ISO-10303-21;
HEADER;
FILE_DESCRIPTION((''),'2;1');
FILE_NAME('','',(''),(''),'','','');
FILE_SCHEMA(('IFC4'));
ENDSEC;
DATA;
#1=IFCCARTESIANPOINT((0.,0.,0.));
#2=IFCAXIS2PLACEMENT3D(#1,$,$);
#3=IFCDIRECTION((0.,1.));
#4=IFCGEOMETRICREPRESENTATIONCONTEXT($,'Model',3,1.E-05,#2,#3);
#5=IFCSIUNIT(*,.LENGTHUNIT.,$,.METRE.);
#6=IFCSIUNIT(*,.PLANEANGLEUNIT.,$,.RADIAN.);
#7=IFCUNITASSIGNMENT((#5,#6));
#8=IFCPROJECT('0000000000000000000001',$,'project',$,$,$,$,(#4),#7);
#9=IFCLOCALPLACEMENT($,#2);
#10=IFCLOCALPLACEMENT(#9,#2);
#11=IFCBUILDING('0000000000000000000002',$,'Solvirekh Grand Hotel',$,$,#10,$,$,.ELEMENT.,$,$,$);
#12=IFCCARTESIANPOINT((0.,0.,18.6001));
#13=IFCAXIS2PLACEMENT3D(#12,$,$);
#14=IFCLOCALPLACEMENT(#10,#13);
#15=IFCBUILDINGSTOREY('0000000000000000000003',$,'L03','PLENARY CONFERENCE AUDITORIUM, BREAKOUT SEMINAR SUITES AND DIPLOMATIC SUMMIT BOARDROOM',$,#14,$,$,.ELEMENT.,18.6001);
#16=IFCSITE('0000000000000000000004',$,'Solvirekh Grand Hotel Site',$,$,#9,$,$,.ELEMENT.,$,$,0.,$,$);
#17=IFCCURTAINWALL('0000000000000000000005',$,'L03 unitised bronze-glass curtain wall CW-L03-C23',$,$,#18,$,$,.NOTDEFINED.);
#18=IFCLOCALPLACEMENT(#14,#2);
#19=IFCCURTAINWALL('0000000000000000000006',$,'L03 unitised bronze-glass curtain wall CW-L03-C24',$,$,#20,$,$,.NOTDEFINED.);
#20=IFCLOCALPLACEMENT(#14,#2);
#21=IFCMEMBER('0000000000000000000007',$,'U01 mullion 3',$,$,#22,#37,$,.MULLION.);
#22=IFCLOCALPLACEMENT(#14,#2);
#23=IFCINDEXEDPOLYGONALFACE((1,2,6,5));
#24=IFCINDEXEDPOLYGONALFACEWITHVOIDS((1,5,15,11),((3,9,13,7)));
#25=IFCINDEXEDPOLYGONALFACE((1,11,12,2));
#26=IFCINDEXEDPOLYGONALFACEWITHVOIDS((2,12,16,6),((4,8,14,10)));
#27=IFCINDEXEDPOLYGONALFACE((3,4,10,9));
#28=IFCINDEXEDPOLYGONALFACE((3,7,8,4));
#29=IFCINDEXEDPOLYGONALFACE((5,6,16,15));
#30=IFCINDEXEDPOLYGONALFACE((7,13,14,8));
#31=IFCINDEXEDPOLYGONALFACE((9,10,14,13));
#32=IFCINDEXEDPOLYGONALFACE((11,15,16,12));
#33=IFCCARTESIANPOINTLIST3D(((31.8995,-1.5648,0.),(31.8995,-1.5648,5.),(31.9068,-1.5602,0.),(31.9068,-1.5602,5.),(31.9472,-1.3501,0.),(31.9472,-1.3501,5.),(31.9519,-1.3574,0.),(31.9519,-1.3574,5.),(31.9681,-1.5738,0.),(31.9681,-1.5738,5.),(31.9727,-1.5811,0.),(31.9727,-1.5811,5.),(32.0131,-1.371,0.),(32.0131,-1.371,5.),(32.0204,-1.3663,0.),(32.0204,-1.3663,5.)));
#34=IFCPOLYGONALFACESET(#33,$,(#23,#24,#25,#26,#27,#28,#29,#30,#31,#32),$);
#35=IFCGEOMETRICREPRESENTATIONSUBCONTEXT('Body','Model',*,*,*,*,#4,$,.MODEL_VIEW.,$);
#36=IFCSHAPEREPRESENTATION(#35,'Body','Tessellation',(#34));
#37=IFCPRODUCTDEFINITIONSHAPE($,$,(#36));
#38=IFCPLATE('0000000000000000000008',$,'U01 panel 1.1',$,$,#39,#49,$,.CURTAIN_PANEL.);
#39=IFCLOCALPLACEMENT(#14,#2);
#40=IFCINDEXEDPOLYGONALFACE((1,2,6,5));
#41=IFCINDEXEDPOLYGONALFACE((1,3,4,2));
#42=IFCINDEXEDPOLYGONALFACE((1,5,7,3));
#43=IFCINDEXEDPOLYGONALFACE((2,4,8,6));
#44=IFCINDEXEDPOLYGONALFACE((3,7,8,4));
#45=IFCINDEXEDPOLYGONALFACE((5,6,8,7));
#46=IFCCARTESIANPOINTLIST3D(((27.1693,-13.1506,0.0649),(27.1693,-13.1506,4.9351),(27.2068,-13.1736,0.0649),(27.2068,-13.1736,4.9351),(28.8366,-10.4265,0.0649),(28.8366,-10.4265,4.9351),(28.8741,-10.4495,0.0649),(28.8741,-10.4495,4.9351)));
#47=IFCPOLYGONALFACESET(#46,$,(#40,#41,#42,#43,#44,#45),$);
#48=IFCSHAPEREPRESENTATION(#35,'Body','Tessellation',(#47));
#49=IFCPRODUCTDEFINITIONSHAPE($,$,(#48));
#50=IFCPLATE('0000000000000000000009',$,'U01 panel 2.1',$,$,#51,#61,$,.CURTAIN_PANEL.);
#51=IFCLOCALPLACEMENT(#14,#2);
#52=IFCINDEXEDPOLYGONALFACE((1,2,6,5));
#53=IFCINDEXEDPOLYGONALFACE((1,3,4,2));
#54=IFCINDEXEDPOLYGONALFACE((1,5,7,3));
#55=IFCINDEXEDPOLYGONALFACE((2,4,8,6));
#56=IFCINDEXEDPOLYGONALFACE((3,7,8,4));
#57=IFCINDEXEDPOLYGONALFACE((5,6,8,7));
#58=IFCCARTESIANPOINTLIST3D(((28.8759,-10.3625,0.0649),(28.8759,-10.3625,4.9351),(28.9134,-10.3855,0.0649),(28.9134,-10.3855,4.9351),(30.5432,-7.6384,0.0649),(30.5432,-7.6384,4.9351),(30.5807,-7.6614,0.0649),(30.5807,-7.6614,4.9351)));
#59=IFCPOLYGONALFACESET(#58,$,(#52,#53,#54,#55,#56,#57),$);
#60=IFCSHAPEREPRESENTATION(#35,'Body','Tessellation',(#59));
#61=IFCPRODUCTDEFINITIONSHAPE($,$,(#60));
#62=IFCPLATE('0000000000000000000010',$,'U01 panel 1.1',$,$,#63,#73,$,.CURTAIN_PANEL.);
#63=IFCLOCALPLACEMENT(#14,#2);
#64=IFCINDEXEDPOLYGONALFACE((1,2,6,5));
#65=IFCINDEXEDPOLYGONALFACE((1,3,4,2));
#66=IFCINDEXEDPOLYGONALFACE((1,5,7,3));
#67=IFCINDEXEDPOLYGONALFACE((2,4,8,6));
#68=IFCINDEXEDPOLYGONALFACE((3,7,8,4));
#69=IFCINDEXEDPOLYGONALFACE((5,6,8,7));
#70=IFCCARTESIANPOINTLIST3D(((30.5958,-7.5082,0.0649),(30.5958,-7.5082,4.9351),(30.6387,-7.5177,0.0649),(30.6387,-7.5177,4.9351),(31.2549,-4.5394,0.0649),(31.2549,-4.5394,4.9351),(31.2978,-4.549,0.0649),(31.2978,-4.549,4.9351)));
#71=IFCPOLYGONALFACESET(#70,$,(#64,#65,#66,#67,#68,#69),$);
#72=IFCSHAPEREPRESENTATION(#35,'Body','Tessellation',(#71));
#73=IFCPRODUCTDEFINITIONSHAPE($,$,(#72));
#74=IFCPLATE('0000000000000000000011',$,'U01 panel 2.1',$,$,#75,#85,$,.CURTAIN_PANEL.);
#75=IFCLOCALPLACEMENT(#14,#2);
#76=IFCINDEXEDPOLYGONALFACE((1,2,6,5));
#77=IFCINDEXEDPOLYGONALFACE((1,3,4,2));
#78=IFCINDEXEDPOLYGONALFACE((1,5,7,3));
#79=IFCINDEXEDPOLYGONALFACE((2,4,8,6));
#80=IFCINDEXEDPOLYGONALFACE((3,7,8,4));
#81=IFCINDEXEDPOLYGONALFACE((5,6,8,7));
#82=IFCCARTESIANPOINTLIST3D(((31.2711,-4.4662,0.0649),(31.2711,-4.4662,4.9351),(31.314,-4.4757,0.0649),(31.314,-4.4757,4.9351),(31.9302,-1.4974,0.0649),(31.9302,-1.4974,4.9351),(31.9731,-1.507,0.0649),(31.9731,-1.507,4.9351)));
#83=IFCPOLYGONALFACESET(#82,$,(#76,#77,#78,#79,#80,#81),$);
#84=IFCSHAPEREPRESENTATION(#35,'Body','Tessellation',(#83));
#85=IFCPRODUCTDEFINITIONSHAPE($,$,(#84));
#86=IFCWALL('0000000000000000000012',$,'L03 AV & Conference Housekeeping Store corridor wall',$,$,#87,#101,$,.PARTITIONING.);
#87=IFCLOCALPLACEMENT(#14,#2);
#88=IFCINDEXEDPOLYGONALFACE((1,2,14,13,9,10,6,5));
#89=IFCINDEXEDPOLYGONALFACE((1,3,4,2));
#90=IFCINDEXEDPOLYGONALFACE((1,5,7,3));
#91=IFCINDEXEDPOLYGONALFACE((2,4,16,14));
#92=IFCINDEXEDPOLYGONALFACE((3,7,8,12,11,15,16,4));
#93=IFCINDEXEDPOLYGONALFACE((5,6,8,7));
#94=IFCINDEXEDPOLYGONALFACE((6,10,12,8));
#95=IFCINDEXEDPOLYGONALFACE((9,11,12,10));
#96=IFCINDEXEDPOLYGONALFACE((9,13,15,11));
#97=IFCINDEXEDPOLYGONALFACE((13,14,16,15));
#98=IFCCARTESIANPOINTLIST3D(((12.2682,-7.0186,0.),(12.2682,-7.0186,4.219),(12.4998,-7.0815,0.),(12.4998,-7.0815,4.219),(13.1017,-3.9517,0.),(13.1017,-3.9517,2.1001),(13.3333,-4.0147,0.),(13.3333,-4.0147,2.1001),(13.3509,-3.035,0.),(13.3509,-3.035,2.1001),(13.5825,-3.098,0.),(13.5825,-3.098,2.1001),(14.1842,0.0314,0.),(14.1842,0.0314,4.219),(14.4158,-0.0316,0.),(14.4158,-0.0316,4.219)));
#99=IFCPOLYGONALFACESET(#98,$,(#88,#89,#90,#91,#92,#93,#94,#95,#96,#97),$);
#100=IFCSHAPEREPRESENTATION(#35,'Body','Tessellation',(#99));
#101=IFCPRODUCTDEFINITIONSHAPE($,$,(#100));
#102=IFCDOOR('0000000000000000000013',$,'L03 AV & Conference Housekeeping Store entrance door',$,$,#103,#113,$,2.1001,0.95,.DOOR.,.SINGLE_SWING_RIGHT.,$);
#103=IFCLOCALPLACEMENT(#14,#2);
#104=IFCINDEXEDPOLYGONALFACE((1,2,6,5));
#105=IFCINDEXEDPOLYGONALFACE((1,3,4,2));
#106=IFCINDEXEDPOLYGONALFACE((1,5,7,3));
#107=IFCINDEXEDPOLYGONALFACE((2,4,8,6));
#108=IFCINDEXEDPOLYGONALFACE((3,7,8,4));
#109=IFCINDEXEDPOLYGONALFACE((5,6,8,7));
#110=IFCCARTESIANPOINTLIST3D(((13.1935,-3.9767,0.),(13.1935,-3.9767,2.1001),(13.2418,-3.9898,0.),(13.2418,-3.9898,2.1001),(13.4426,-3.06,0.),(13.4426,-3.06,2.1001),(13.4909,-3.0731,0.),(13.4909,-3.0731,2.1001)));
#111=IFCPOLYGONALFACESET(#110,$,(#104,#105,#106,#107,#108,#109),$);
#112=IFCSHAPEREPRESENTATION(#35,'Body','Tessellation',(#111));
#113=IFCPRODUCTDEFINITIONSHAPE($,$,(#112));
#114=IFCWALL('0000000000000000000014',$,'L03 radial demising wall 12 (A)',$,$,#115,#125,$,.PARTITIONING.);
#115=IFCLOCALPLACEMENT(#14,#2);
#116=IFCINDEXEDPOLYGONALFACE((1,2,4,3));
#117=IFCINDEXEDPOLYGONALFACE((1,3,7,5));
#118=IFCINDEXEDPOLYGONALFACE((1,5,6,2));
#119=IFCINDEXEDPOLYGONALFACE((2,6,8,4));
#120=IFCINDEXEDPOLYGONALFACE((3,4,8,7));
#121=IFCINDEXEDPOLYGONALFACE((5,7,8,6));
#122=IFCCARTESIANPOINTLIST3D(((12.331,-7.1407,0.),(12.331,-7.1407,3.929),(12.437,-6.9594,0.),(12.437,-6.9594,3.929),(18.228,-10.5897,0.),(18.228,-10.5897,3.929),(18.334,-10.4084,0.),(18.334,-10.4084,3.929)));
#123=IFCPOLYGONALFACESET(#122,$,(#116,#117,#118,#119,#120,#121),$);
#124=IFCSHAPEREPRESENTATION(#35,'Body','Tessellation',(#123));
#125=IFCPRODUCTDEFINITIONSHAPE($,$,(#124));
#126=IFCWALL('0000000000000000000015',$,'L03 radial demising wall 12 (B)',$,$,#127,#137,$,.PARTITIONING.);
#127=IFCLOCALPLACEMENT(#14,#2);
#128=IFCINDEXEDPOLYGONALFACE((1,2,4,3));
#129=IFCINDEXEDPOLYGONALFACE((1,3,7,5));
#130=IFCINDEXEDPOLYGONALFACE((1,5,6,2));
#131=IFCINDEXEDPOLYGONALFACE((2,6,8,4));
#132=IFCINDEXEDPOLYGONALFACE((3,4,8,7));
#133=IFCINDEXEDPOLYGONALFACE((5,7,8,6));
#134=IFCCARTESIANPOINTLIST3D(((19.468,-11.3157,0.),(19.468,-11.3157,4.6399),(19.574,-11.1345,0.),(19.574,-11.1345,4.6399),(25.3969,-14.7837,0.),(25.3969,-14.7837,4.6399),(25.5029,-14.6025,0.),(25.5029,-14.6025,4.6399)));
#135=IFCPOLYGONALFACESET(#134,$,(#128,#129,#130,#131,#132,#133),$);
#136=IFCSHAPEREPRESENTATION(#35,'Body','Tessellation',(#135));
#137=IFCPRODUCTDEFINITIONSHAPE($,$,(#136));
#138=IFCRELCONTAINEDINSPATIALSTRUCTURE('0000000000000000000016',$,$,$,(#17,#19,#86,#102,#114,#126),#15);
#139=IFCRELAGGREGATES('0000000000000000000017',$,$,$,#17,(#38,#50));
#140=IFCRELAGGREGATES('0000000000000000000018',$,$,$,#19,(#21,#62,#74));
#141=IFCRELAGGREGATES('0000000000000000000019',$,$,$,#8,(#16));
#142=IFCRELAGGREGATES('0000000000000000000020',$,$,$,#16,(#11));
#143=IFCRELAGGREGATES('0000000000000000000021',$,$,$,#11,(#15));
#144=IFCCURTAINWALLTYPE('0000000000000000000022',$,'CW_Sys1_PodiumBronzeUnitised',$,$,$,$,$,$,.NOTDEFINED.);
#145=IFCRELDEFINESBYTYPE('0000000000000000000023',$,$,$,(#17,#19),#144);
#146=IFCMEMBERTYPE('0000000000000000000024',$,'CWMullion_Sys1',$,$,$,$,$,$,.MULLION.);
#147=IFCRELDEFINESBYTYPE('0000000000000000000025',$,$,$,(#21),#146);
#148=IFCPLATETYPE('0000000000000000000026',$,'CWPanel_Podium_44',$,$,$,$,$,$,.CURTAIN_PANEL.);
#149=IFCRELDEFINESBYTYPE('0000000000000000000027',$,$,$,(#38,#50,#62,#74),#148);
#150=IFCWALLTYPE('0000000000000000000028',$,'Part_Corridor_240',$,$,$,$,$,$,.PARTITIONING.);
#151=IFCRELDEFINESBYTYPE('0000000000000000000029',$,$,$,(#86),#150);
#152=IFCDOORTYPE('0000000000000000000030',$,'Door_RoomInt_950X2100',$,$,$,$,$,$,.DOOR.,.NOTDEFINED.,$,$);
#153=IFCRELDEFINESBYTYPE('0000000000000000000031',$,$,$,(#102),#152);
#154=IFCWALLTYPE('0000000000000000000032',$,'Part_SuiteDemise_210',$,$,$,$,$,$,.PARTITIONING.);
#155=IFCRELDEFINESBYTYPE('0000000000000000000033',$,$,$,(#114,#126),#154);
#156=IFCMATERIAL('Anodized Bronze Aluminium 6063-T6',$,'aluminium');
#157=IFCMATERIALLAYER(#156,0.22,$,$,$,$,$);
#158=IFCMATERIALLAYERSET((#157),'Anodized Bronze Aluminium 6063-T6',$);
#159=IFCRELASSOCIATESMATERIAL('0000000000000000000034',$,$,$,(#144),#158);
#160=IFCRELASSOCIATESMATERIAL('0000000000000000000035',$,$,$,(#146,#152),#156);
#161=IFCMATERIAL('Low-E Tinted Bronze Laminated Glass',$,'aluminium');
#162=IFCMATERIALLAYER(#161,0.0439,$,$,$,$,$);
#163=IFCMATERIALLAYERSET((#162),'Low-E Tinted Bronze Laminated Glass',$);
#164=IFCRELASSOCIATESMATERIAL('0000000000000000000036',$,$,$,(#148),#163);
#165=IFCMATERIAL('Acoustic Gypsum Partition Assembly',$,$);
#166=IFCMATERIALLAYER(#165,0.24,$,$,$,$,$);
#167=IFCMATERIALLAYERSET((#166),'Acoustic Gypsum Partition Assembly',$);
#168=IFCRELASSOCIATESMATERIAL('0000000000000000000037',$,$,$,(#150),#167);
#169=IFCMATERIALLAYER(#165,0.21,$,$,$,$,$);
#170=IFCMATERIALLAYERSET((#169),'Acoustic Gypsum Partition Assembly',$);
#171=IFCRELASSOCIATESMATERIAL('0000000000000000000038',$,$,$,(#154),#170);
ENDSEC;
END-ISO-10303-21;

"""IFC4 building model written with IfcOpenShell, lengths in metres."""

from ifc_helpers import new_model, si_unit, direction, frame, frame_2d, origin, origin_2d, place, context, subcontext, project, spatial, rectangle, hollow_rectangle, extrude, source, transform, mapped, material, layer, layer_set, material_profile, profile_set, type_object, element, fill, aggregate, save


model = new_model("IFC4")

# Units and contexts
model_context = context("Model", 3, precision=1e-05, world=origin(), true_north=direction((0.0, 1.0)))
body_context = subcontext(model_context, "Body", "Model", "MODEL_VIEW")
ifc_project = project(units=[si_unit("LENGTHUNIT", "METRE"), si_unit("PLANEANGLEUNIT", "RADIAN")], contexts=[model_context])

# Site, building, storey
site_placement = place(None, origin())
site = spatial("IfcSite", under=ifc_project, at=site_placement, Name="Solvirekh Grand Hotel Site", CompositionType="ELEMENT", RefElevation=0.0)
building_placement = place(site_placement, origin())
building = spatial("IfcBuilding", under=site, at=building_placement, Name="Solvirekh Grand Hotel", CompositionType="ELEMENT")
storey_placement = place(building_placement, frame((0.0, 0.0, 18.6001)))
storey = spatial("IfcBuildingStorey", under=building, at=storey_placement, Name="L03", Description="PLENARY CONFERENCE AUDITORIUM, BREAKOUT SEMINAR SUITES AND DIPLOMATIC SUMMIT BOARDROOM", CompositionType="ELEMENT", Elevation=18.6001)

# Curtain walls
ifc_material_1 = material(Name="Anodized Bronze Aluminium 6063-T6", Category="aluminium")
ifc_layer_1 = layer(ifc_material_1, 0.22)
ifc_layer_set_1 = layer_set([ifc_layer_1], Name="Anodized Bronze Aluminium 6063-T6")
curtain_wall_type = type_object("IfcCurtainWallType", Name="CW_Sys1_PodiumBronzeUnitised", PredefinedType="NOTDEFINED", material=ifc_layer_set_1)
curtain_wall_1_placement = place(storey_placement, origin())
curtain_wall_1 = element("IfcCurtainWall", 1, at=curtain_wall_1_placement, inside=storey, type_object=curtain_wall_type, Name="L03 unitised bronze-glass curtain wall CW-L03-C23", PredefinedType="NOTDEFINED")
curtain_wall_2_placement = place(storey_placement, origin())
curtain_wall_2 = element("IfcCurtainWall", 2, at=curtain_wall_2_placement, inside=storey, type_object=curtain_wall_type, Name="L03 unitised bronze-glass curtain wall CW-L03-C24", PredefinedType="NOTDEFINED")

# Member
ifc_material_profile_1 = material_profile(ifc_material_1, hollow_rectangle(XDim=0.075, YDim=0.22, WallThickness=0.0061, at=origin_2d()), Name="ALU RHS 220X75X6")
ifc_profile_set_1 = profile_set([ifc_material_profile_1], Name="Anodized Bronze Aluminium 6063-T6")
member_type_1 = type_object("IfcMemberType", Name="CWMullion_Sys1", PredefinedType="MULLION", material=ifc_profile_set_1)
shared_shape_1 = source(origin(), body_context, "Body", "SweptSolid", [
    extrude(hollow_rectangle(XDim=0.075, YDim=0.22, WallThickness=0.0061, at=origin_2d()), origin(), (0.0, 0.0, 1.0), 5.0),
])
member_1_placement = place(storey_placement, frame((31.96, -1.4656, 0.0), z_axis=(0.0, 0.0, 1.0), x_axis=(-0.976228, 0.216746, 0.0)))
member_1 = element("IfcMember", 3, at=member_1_placement, type_object=member_type_1, Name="U01 mullion 3", PredefinedType="MULLION", context=body_context, shape_type="MappedRepresentation", body=[
    mapped(shared_shape_1, transform((0.0, 0.0, 0.0), x_axis=(1.0, 0.0, 0.0), y_axis=(0.0, 1.0, 0.0), z_axis=(0.0, 0.0, 1.0), scale=1.0)),
])

# Plates
ifc_material_2 = material(Name="Low-E Tinted Bronze Laminated Glass", Category="aluminium")
ifc_layer_2 = layer(ifc_material_2, 0.0439)
ifc_layer_set_2 = layer_set([ifc_layer_2], Name="Low-E Tinted Bronze Laminated Glass")
plate_type = type_object("IfcPlateType", Name="CWPanel_Podium_44", PredefinedType="CURTAIN_PANEL", material=ifc_layer_set_2)
shared_shape_2 = source(origin(), body_context, "Body", "SweptSolid", [
    extrude(rectangle(XDim=3.1938, YDim=0.0439, at=origin_2d()), origin(), (0.0, 0.0, 1.0), 4.8701),
])
plate_1_placement = place(storey_placement, frame((28.0217, -11.8, 0.0649), z_axis=(0.0, 0.0, 1.0), x_axis=(0.522037, 0.852923, 0.0)))
plate_1 = element("IfcPlate", 4, at=plate_1_placement, type_object=plate_type, Name="U01 panel 1.1", PredefinedType="CURTAIN_PANEL", context=body_context, shape_type="MappedRepresentation", body=[
    mapped(shared_shape_2, transform((0.0, 0.0, 0.0), x_axis=(1.0, 0.0, 0.0), y_axis=(0.0, 1.0, 0.0), z_axis=(0.0, 0.0, 1.0), scale=1.0)),
])
plate_2_placement = place(storey_placement, frame((29.7283, -9.012, 0.0649), z_axis=(0.0, 0.0, 1.0), x_axis=(0.522037, 0.852923, 0.0)))
plate_2 = element("IfcPlate", 5, at=plate_2_placement, type_object=plate_type, Name="U01 panel 2.1", PredefinedType="CURTAIN_PANEL", context=body_context, shape_type="MappedRepresentation", body=[
    mapped(shared_shape_2, transform((0.0, 0.0, 0.0), x_axis=(1.0, 0.0, 0.0), y_axis=(0.0, 1.0, 0.0), z_axis=(0.0, 0.0, 1.0), scale=1.0)),
])
aggregate(curtain_wall_1, [plate_1, plate_2])
shared_shape_3 = source(origin(), body_context, "Body", "SweptSolid", [
    extrude(rectangle(XDim=3.041, YDim=0.0439, at=origin_2d()), origin(), (0.0, 0.0, 1.0), 4.8701),
])
plate_3_placement = place(storey_placement, frame((30.9468, -6.0286, 0.0649), z_axis=(0.0, 0.0, 1.0), x_axis=(0.216746, 0.976228, 0.0)))
plate_3 = element("IfcPlate", 6, at=plate_3_placement, type_object=plate_type, Name="U01 panel 1.1", PredefinedType="CURTAIN_PANEL", context=body_context, shape_type="MappedRepresentation", body=[
    mapped(shared_shape_3, transform((0.0, 0.0, 0.0), x_axis=(1.0, 0.0, 0.0), y_axis=(0.0, 1.0, 0.0), z_axis=(0.0, 0.0, 1.0), scale=1.0)),
])
plate_4_placement = place(storey_placement, frame((31.6221, -2.9866, 0.0649), z_axis=(0.0, 0.0, 1.0), x_axis=(0.216746, 0.976228, 0.0)))
plate_4 = element("IfcPlate", 7, at=plate_4_placement, type_object=plate_type, Name="U01 panel 2.1", PredefinedType="CURTAIN_PANEL", context=body_context, shape_type="MappedRepresentation", body=[
    mapped(shared_shape_3, transform((0.0, 0.0, 0.0), x_axis=(1.0, 0.0, 0.0), y_axis=(0.0, 1.0, 0.0), z_axis=(0.0, 0.0, 1.0), scale=1.0)),
])
aggregate(curtain_wall_2, [member_1, plate_3, plate_4])

# Wall, opening, door
ifc_material_3 = material(Name="Acoustic Gypsum Partition Assembly")
ifc_layer_3 = layer(ifc_material_3, 0.24)
ifc_layer_set_3 = layer_set([ifc_layer_3], Name="Acoustic Gypsum Partition Assembly")
wall_type_1 = type_object("IfcWallType", Name="Part_Corridor_240", PredefinedType="PARTITIONING", material=ifc_layer_set_3)
wall_1_placement = place(storey_placement, frame((12.384, -7.05, 0.0), z_axis=(0.0, 0.0, 1.0), x_axis=(0.262261, 0.964997, 0.0)))
wall_1 = element("IfcWall", 8, at=wall_1_placement, inside=storey, type_object=wall_type_1, Name="L03 AV & Conference Housekeeping Store corridor wall", PredefinedType="PARTITIONING", context=body_context, shape_type="SweptSolid", body=[
    extrude(rectangle(XDim=7.3057, YDim=0.24, at=frame_2d((3.6528, 0.0))), origin(), (0.0, 0.0, 1.0), 4.219),
])
opening_placement = place(wall_1_placement, frame((3.178, 0.0, 0.0)))
opening = element("IfcOpeningElement", 9, at=opening_placement, cuts=wall_1, PredefinedType="OPENING", context=body_context, shape_type="SweptSolid", body=[
    extrude(rectangle(XDim=0.95, YDim=2.1001, at=frame_2d((0.4751, 1.05))), frame((0.0, 0.1299, 0.0), z_axis=(0.0, -1.0, 0.0), x_axis=(1.0, 0.0, 0.0)), (0.0, 0.0, 1.0), 0.26),
])
door_type = type_object("IfcDoorType", Name="Door_RoomInt_950X2100", OperationType="NOTDEFINED", PredefinedType="DOOR", material=ifc_material_1)
door_placement = place(opening_placement, origin())
door = element("IfcDoor", 10, at=door_placement, inside=storey, type_object=door_type, Name="L03 AV & Conference Housekeeping Store entrance door", OperationType="SINGLE_SWING_RIGHT", OverallHeight=2.1001, OverallWidth=0.95, PredefinedType="DOOR", context=body_context, shape_type="SweptSolid", body=[
    extrude(rectangle(XDim=0.95, YDim=2.1001, at=frame_2d((0.4751, 1.05))), frame((0.0, 0.0249, 0.0), z_axis=(0.0, -1.0, 0.0), x_axis=(1.0, 0.0, 0.0)), (0.0, 0.0, 1.0), 0.05),
])
fill(opening, door)

# Walls
ifc_layer_4 = layer(ifc_material_3, 0.21)
ifc_layer_set_4 = layer_set([ifc_layer_4], Name="Acoustic Gypsum Partition Assembly")
wall_type_2 = type_object("IfcWallType", Name="Part_SuiteDemise_210", PredefinedType="PARTITIONING", material=ifc_layer_set_4)
wall_2_placement = place(storey_placement, frame((12.384, -7.05, 0.0), z_axis=(0.0, 0.0, 1.0), x_axis=(0.8632, -0.504862, 0.0)))
element("IfcWall", 11, at=wall_2_placement, inside=storey, type_object=wall_type_2, Name="L03 radial demising wall 12 (A)", PredefinedType="PARTITIONING", context=body_context, shape_type="SweptSolid", body=[
    extrude(rectangle(XDim=6.8315, YDim=0.21, at=frame_2d((3.4158, 0.0))), origin(), (0.0, 0.0, 1.0), 3.929),
])
wall_3_placement = place(storey_placement, frame((19.521, -11.2251, 0.0), z_axis=(0.0, 0.0, 1.0), x_axis=(0.863179, -0.504898, 0.0)))
element("IfcWall", 12, at=wall_3_placement, inside=storey, type_object=wall_type_2, Name="L03 radial demising wall 12 (B)", PredefinedType="PARTITIONING", context=body_context, shape_type="SweptSolid", body=[
    extrude(rectangle(XDim=6.8687, YDim=0.21, at=frame_2d((3.4343, 0.0))), origin(), (0.0, 0.0, 1.0), 4.6399),
])

save(model, "model.ifc")
